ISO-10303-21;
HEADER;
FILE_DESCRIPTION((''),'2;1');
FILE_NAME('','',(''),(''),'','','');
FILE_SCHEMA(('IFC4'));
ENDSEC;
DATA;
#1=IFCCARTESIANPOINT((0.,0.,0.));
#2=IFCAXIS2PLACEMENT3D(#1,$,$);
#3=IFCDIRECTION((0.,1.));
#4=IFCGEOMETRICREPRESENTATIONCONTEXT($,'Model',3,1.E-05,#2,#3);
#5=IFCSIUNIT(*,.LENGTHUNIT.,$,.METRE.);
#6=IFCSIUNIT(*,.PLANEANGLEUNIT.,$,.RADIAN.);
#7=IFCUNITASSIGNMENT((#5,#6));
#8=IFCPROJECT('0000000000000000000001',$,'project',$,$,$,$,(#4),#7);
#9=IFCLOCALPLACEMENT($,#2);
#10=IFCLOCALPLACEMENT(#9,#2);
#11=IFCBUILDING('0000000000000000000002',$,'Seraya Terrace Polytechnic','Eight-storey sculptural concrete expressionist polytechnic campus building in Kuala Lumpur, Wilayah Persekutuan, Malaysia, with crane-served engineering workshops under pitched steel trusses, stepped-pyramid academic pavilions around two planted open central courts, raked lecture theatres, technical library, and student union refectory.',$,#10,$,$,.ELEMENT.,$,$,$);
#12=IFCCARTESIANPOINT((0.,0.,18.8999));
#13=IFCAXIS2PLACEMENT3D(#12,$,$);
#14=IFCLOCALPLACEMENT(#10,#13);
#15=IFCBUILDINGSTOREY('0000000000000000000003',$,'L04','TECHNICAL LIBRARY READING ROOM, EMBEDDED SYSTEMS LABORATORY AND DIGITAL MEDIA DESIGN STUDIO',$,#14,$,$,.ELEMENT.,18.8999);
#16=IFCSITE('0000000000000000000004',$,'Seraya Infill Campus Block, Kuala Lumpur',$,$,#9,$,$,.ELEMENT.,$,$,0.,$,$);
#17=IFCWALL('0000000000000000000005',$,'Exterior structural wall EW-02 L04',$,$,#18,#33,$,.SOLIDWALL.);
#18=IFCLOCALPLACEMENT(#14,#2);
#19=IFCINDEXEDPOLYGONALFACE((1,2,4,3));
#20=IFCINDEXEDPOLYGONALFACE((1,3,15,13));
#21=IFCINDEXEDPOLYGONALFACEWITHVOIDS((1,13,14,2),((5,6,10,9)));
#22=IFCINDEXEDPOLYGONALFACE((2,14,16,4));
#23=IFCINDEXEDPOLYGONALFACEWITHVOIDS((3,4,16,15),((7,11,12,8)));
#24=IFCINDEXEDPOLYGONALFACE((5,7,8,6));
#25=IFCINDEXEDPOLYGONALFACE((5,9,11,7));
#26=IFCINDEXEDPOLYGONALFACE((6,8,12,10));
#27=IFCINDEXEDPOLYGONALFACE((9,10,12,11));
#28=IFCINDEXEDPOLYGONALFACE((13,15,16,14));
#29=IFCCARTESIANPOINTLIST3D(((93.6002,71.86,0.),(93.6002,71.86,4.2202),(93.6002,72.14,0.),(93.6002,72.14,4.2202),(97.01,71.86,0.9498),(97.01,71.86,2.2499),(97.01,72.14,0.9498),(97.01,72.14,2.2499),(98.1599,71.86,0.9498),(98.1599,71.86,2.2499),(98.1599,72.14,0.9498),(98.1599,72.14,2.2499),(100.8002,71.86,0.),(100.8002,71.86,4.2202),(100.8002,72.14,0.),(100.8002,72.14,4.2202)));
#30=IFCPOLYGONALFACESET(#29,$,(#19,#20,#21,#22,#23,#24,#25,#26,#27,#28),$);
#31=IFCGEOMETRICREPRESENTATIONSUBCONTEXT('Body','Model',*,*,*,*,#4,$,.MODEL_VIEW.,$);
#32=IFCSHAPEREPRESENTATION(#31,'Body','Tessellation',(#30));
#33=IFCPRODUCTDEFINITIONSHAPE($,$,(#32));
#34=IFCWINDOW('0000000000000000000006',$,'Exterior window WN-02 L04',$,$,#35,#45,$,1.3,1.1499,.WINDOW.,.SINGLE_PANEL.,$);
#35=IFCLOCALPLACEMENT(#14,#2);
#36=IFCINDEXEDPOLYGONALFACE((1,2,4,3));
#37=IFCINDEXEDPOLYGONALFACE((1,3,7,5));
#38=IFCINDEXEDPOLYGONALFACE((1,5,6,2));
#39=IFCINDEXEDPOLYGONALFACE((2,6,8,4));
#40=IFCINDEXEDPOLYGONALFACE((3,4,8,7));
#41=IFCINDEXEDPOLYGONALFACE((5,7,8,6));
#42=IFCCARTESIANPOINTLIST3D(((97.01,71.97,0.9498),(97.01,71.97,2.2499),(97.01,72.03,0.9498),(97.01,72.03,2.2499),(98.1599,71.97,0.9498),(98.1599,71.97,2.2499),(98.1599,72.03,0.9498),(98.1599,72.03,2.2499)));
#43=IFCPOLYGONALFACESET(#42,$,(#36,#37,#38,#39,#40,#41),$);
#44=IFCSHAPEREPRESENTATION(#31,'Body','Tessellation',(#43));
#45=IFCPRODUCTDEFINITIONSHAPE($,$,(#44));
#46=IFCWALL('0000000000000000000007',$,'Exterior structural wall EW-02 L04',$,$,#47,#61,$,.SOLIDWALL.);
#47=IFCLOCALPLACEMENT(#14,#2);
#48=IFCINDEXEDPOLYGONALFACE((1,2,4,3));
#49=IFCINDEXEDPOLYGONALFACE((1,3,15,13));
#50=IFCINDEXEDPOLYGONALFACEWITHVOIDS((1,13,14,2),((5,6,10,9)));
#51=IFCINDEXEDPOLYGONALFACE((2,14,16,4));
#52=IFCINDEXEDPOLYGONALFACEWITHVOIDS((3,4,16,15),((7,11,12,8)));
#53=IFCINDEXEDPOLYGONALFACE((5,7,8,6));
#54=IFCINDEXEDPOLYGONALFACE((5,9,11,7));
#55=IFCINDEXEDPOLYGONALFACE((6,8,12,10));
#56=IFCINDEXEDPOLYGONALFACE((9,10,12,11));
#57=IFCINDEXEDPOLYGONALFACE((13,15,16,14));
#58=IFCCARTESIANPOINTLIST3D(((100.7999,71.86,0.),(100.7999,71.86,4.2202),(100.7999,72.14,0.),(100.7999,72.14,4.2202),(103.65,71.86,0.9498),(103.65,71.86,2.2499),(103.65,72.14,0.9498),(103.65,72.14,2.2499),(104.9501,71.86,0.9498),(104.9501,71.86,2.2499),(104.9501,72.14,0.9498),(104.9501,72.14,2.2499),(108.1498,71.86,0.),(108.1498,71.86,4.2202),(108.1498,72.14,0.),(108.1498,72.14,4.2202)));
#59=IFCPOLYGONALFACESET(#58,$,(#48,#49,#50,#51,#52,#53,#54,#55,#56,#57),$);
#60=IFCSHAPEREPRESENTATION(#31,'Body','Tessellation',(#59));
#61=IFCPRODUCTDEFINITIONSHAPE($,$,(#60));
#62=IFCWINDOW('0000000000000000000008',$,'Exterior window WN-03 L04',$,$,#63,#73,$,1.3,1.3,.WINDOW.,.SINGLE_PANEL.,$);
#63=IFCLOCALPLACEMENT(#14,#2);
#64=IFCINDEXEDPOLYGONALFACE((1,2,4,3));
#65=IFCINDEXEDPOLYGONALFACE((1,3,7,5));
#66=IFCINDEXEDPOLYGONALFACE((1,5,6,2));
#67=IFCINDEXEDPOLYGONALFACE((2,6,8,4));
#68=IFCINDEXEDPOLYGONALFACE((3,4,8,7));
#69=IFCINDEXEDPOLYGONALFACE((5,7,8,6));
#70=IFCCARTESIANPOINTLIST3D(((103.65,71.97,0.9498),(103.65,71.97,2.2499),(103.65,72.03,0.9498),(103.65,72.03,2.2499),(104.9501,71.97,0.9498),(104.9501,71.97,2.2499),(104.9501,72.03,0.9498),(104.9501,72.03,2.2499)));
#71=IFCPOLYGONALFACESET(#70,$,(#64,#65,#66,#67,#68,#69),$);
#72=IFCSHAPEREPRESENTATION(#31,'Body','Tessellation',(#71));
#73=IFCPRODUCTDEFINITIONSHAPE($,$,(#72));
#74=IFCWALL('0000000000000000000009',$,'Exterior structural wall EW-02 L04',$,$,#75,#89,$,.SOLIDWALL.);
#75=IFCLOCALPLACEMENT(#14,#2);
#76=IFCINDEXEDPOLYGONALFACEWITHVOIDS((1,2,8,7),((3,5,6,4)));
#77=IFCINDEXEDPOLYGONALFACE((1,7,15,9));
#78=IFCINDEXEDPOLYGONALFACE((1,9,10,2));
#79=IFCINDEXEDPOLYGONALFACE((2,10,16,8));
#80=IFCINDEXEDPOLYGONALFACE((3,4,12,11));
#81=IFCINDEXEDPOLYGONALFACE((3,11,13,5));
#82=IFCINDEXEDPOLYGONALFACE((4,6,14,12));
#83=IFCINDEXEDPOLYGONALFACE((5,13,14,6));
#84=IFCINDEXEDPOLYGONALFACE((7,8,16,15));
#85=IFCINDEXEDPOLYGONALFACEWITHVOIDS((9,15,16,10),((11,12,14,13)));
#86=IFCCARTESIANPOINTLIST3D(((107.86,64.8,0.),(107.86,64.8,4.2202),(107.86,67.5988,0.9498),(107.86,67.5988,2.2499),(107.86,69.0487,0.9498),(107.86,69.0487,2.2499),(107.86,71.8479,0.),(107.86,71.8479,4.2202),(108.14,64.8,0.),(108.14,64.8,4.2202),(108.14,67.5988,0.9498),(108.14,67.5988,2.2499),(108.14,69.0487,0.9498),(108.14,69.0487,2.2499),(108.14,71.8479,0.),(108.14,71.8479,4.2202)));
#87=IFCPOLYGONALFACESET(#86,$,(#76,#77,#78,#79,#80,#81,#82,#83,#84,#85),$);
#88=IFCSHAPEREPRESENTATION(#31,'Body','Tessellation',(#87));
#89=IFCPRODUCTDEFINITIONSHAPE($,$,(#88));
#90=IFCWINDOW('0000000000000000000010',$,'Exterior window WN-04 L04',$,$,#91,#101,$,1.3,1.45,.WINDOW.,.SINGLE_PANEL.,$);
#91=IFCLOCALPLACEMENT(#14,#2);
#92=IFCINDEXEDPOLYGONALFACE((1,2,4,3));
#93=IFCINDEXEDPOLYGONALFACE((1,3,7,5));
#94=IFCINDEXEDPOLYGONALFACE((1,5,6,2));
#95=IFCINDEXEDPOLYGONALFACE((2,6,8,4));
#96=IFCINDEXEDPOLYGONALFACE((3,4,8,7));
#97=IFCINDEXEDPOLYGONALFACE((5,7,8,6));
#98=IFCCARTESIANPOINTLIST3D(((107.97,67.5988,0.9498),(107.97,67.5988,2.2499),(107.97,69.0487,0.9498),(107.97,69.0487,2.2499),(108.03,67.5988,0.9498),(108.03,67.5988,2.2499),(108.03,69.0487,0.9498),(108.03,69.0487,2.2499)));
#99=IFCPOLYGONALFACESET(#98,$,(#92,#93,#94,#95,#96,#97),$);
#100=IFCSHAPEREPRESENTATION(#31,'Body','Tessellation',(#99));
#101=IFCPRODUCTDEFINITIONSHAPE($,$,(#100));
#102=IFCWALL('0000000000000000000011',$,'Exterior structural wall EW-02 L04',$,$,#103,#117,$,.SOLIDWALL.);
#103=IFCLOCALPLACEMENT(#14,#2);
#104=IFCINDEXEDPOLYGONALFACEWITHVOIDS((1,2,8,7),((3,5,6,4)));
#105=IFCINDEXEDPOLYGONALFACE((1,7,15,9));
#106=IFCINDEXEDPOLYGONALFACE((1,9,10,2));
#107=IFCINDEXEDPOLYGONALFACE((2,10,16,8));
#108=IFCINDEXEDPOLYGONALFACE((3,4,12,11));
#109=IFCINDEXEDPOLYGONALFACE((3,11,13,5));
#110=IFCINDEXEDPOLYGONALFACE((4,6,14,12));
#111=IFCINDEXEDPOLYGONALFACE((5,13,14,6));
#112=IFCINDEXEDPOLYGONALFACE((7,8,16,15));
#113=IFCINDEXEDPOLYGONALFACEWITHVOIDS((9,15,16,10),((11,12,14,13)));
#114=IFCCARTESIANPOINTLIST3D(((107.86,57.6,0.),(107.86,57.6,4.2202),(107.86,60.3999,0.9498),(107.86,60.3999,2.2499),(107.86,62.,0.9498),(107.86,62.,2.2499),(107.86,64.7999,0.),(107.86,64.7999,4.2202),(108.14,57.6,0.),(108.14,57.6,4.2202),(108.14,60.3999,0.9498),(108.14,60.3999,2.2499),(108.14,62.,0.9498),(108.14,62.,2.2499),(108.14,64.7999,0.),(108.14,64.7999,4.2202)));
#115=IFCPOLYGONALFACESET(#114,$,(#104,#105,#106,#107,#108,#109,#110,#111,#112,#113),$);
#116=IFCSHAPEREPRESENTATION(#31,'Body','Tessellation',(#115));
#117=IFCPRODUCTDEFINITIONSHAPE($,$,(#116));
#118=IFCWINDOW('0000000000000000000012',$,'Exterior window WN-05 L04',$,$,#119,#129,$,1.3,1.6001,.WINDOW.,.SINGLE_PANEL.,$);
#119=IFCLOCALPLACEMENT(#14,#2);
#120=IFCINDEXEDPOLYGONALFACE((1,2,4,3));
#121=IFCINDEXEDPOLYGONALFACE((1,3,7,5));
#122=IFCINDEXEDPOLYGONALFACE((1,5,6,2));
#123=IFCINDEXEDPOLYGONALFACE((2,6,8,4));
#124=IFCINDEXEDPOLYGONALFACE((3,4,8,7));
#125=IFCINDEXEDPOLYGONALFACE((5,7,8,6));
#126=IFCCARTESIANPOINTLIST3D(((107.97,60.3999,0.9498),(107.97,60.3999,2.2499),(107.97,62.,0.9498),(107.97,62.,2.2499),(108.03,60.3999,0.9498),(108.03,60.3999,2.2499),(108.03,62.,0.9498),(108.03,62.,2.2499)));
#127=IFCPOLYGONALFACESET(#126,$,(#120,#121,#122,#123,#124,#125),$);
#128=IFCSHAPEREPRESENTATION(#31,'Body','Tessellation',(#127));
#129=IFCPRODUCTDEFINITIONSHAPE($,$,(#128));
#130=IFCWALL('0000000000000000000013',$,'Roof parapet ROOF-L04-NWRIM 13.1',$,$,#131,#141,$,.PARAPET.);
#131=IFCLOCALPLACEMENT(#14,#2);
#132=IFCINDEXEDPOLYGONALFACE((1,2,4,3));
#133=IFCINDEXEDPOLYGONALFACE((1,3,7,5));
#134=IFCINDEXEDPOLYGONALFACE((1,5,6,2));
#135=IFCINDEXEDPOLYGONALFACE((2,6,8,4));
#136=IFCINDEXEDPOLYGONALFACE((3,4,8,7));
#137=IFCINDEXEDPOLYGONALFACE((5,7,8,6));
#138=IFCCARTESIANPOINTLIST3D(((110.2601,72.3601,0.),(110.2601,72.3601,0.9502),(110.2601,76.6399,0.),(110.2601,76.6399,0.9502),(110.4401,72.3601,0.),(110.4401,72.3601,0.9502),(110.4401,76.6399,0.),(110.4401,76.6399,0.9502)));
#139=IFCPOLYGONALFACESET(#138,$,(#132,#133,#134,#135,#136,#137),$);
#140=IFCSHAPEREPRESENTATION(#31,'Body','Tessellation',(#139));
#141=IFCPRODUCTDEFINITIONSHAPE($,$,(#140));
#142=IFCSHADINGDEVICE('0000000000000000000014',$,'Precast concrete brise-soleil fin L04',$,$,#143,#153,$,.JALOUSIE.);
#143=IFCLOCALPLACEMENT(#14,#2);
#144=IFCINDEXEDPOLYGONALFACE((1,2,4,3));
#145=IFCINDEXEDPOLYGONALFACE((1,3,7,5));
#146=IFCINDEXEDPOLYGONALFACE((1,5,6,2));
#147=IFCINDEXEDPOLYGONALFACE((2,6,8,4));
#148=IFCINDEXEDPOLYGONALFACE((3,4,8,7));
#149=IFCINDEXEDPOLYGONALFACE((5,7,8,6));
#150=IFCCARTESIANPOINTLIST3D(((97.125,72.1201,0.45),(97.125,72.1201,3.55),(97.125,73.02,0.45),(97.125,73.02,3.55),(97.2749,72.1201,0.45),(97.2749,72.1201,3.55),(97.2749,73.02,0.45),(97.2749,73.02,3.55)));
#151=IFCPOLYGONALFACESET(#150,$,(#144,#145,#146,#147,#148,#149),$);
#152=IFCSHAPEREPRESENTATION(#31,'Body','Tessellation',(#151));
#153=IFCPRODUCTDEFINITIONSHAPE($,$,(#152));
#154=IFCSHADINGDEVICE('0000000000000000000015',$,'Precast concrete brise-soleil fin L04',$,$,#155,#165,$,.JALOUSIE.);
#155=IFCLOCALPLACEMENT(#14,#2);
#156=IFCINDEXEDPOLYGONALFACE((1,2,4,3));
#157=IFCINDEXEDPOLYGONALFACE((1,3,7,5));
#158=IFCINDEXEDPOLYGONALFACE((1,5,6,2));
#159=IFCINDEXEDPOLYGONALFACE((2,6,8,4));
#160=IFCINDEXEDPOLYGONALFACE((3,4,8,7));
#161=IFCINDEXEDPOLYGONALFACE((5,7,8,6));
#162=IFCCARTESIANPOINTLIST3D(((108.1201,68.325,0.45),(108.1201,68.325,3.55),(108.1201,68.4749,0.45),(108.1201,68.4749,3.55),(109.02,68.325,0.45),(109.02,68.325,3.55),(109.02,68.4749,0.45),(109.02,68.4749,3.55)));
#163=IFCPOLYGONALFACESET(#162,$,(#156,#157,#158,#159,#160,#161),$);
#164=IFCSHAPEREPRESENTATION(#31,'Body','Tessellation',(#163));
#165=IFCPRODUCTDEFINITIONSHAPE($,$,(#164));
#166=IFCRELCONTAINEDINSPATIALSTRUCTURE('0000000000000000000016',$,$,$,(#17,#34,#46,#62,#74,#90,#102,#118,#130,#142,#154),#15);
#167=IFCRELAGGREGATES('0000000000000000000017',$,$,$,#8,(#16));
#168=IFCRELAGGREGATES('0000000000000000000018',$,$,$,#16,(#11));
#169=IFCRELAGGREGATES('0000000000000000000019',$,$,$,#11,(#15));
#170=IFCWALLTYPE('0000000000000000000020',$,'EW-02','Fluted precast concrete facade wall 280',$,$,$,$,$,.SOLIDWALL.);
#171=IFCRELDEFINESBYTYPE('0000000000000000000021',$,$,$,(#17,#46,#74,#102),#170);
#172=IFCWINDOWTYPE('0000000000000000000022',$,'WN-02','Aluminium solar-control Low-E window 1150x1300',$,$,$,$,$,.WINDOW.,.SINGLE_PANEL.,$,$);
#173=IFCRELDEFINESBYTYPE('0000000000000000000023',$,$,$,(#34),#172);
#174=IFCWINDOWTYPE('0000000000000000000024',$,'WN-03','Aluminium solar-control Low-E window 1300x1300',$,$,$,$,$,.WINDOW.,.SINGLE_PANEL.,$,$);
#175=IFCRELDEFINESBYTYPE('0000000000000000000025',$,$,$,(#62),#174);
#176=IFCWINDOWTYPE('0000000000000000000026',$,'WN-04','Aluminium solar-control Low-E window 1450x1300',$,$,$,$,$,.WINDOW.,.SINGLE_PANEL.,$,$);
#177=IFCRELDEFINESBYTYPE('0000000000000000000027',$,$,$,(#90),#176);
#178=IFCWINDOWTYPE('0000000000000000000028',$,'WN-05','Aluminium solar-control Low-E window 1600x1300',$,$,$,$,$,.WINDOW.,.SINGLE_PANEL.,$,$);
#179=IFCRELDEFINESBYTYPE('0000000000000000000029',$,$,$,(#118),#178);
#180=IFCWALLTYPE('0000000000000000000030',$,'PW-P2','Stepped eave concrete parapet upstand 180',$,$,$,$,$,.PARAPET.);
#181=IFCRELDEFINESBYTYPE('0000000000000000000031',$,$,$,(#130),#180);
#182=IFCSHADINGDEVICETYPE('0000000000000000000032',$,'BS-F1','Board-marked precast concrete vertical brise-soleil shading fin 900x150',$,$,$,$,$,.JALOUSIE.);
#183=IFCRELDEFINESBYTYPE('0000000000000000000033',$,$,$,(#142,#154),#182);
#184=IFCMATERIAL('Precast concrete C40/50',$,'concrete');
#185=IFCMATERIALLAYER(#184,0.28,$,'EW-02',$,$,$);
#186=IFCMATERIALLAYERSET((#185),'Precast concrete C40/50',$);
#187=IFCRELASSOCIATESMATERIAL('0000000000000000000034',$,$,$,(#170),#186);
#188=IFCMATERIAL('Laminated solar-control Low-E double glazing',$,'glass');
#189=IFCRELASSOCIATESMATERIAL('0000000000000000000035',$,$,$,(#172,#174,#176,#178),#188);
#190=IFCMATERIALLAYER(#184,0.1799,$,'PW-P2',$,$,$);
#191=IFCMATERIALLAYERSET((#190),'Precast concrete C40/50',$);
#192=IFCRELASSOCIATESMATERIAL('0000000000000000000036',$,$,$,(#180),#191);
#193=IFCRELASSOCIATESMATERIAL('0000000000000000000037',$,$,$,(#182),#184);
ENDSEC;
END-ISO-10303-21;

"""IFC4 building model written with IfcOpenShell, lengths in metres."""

from ifc_helpers import new_model, si_unit, direction, frame, frame_2d, origin, origin_2d, place, context, subcontext, project, spatial, rectangle, extrude, material, layer, layer_set, type_object, element, fill, save


model = new_model("IFC4")

# Units and contexts
model_context = context("Model", 3, precision=1e-05, world=origin(), true_north=direction((0.0, 1.0)))
body_context = subcontext(model_context, "Body", "Model", "MODEL_VIEW")
ifc_project = project(units=[si_unit("LENGTHUNIT", "METRE"), si_unit("PLANEANGLEUNIT", "RADIAN")], contexts=[model_context])

# Site, building, storey
site_placement = place(None, origin())
site = spatial("IfcSite", under=ifc_project, at=site_placement, Name="Seraya Infill Campus Block, Kuala Lumpur", CompositionType="ELEMENT", RefElevation=0.0)
building_placement = place(site_placement, origin())
building = spatial("IfcBuilding", under=site, at=building_placement, Name="Seraya Terrace Polytechnic", Description="Eight-storey sculptural concrete expressionist polytechnic campus building in Kuala Lumpur, Wilayah Persekutuan, Malaysia, with crane-served engineering workshops under pitched steel trusses, stepped-pyramid academic pavilions around two planted open central courts, raked lecture theatres, technical library, and student union refectory.", CompositionType="ELEMENT")
storey_placement = place(building_placement, frame((0.0, 0.0, 18.8999)))
storey = spatial("IfcBuildingStorey", under=building, at=storey_placement, Name="L04", Description="TECHNICAL LIBRARY READING ROOM, EMBEDDED SYSTEMS LABORATORY AND DIGITAL MEDIA DESIGN STUDIO", CompositionType="ELEMENT", Elevation=18.8999)

# Walls, openings, windows
ifc_material_1 = material(Name="Precast concrete C40/50", Category="concrete")
ifc_layer_1 = layer(ifc_material_1, 0.28, Name="EW-02")
ifc_layer_set_1 = layer_set([ifc_layer_1], Name="Precast concrete C40/50")
wall_type_1 = type_object("IfcWallType", Name="EW-02", Description="Fluted precast concrete facade wall 280", PredefinedType="SOLIDWALL", material=ifc_layer_set_1)
wall_1_placement = place(storey_placement, frame((93.6001, 72.0, 0.0), z_axis=(0.0, 0.0, 1.0), x_axis=(1.0, 0.0, 0.0)))
wall_1 = element("IfcWall", 1, at=wall_1_placement, inside=storey, type_object=wall_type_1, Name="Exterior structural wall EW-02 L04", PredefinedType="SOLIDWALL", context=body_context, shape_type="SweptSolid", body=[
    extrude(rectangle(XDim=7.2, YDim=0.28, at=frame_2d((3.6001, 0.0))), origin(), (0.0, 0.0, 1.0), 4.2202),
])
opening_1_placement = place(wall_1_placement, frame((3.4099, 0.0, 0.95)))
opening_1 = element("IfcOpeningElement", 2, at=opening_1_placement, cuts=wall_1, PredefinedType="OPENING", context=body_context, shape_type="SweptSolid", body=[
    extrude(rectangle(XDim=1.1499, YDim=1.3, at=frame_2d((0.575, 0.6499))), frame((0.0, 0.1519, 0.0), z_axis=(0.0, -1.0, 0.0), x_axis=(1.0, 0.0, 0.0)), (0.0, 0.0, 1.0), 0.304),
])
ifc_material_2 = material(Name="Laminated solar-control Low-E double glazing", Category="glass")
window_type_1 = type_object("IfcWindowType", Name="WN-02", Description="Aluminium solar-control Low-E window 1150x1300", PartitioningType="SINGLE_PANEL", PredefinedType="WINDOW", material=ifc_material_2)
window_1_placement = place(opening_1_placement, origin())
window_1 = element("IfcWindow", 3, at=window_1_placement, inside=storey, type_object=window_type_1, Name="Exterior window WN-02 L04", OverallHeight=1.3, OverallWidth=1.1499, PartitioningType="SINGLE_PANEL", PredefinedType="WINDOW", context=body_context, shape_type="SweptSolid", body=[
    extrude(rectangle(XDim=1.1499, YDim=1.3, at=frame_2d((0.575, 0.6499))), frame((0.0, 0.03, 0.0), z_axis=(0.0, -1.0, 0.0), x_axis=(1.0, 0.0, 0.0)), (0.0, 0.0, 1.0), 0.0601),
])
fill(opening_1, window_1)
wall_2_placement = place(storey_placement, frame((100.8, 72.0, 0.0), z_axis=(0.0, 0.0, 1.0), x_axis=(1.0, 0.0, 0.0)))
wall_2 = element("IfcWall", 4, at=wall_2_placement, inside=storey, type_object=wall_type_1, Name="Exterior structural wall EW-02 L04", PredefinedType="SOLIDWALL", context=body_context, shape_type="SweptSolid", body=[
    extrude(rectangle(XDim=7.3499, YDim=0.28, at=frame_2d((3.6748, 0.0))), origin(), (0.0, 0.0, 1.0), 4.2202),
])
opening_2_placement = place(wall_2_placement, frame((2.8501, 0.0, 0.95)))
opening_2 = element("IfcOpeningElement", 5, at=opening_2_placement, cuts=wall_2, PredefinedType="OPENING", context=body_context, shape_type="SweptSolid", body=[
    extrude(rectangle(XDim=1.3, YDim=1.3, at=frame_2d((0.6499, 0.6499))), frame((0.0, 0.1519, 0.0), z_axis=(0.0, -1.0, 0.0), x_axis=(1.0, 0.0, 0.0)), (0.0, 0.0, 1.0), 0.304),
])
window_type_2 = type_object("IfcWindowType", Name="WN-03", Description="Aluminium solar-control Low-E window 1300x1300", PartitioningType="SINGLE_PANEL", PredefinedType="WINDOW", material=ifc_material_2)
window_2_placement = place(opening_2_placement, origin())
window_2 = element("IfcWindow", 6, at=window_2_placement, inside=storey, type_object=window_type_2, Name="Exterior window WN-03 L04", OverallHeight=1.3, OverallWidth=1.3, PartitioningType="SINGLE_PANEL", PredefinedType="WINDOW", context=body_context, shape_type="SweptSolid", body=[
    extrude(rectangle(XDim=1.3, YDim=1.3, at=frame_2d((0.6499, 0.6499))), frame((0.0, 0.03, 0.0), z_axis=(0.0, -1.0, 0.0), x_axis=(1.0, 0.0, 0.0)), (0.0, 0.0, 1.0), 0.0601),
])
fill(opening_2, window_2)
wall_3_placement = place(storey_placement, frame((108.0, 71.8479, 0.0), z_axis=(0.0, 0.0, 1.0), x_axis=(0.0, -1.0, 0.0)))
wall_3 = element("IfcWall", 7, at=wall_3_placement, inside=storey, type_object=wall_type_1, Name="Exterior structural wall EW-02 L04", PredefinedType="SOLIDWALL", context=body_context, shape_type="SweptSolid", body=[
    extrude(rectangle(XDim=7.0479, YDim=0.28, at=frame_2d((3.5239, 0.0))), origin(), (0.0, 0.0, 1.0), 4.2202),
])
opening_3_placement = place(wall_3_placement, frame((2.7991, 0.0, 0.95)))
opening_3 = element("IfcOpeningElement", 8, at=opening_3_placement, cuts=wall_3, PredefinedType="OPENING", context=body_context, shape_type="SweptSolid", body=[
    extrude(rectangle(XDim=1.45, YDim=1.3, at=frame_2d((0.7251, 0.6499))), frame((0.0, 0.1519, 0.0), z_axis=(0.0, -1.0, 0.0), x_axis=(1.0, 0.0, 0.0)), (0.0, 0.0, 1.0), 0.304),
])
window_type_3 = type_object("IfcWindowType", Name="WN-04", Description="Aluminium solar-control Low-E window 1450x1300", PartitioningType="SINGLE_PANEL", PredefinedType="WINDOW", material=ifc_material_2)
window_3_placement = place(opening_3_placement, origin())
window_3 = element("IfcWindow", 9, at=window_3_placement, inside=storey, type_object=window_type_3, Name="Exterior window WN-04 L04", OverallHeight=1.3, OverallWidth=1.45, PartitioningType="SINGLE_PANEL", PredefinedType="WINDOW", context=body_context, shape_type="SweptSolid", body=[
    extrude(rectangle(XDim=1.45, YDim=1.3, at=frame_2d((0.7251, 0.6499))), frame((0.0, 0.03, 0.0), z_axis=(0.0, -1.0, 0.0), x_axis=(1.0, 0.0, 0.0)), (0.0, 0.0, 1.0), 0.0601),
])
fill(opening_3, window_3)
wall_4_placement = place(storey_placement, frame((108.0, 64.8, 0.0), z_axis=(0.0, 0.0, 1.0), x_axis=(0.0, -1.0, 0.0)))
wall_4 = element("IfcWall", 10, at=wall_4_placement, inside=storey, type_object=wall_type_1, Name="Exterior structural wall EW-02 L04", PredefinedType="SOLIDWALL", context=body_context, shape_type="SweptSolid", body=[
    extrude(rectangle(XDim=7.2, YDim=0.28, at=frame_2d((3.6001, 0.0))), origin(), (0.0, 0.0, 1.0), 4.2202),
])
opening_4_placement = place(wall_4_placement, frame((2.8, 0.0, 0.95)))
opening_4 = element("IfcOpeningElement", 11, at=opening_4_placement, cuts=wall_4, PredefinedType="OPENING", context=body_context, shape_type="SweptSolid", body=[
    extrude(rectangle(XDim=1.6001, YDim=1.3, at=frame_2d((0.8, 0.6499))), frame((0.0, 0.1519, 0.0), z_axis=(0.0, -1.0, 0.0), x_axis=(1.0, 0.0, 0.0)), (0.0, 0.0, 1.0), 0.304),
])
window_type_4 = type_object("IfcWindowType", Name="WN-05", Description="Aluminium solar-control Low-E window 1600x1300", PartitioningType="SINGLE_PANEL", PredefinedType="WINDOW", material=ifc_material_2)
window_4_placement = place(opening_4_placement, origin())
window_4 = element("IfcWindow", 12, at=window_4_placement, inside=storey, type_object=window_type_4, Name="Exterior window WN-05 L04", OverallHeight=1.3, OverallWidth=1.6001, PartitioningType="SINGLE_PANEL", PredefinedType="WINDOW", context=body_context, shape_type="SweptSolid", body=[
    extrude(rectangle(XDim=1.6001, YDim=1.3, at=frame_2d((0.8, 0.6499))), frame((0.0, 0.03, 0.0), z_axis=(0.0, -1.0, 0.0), x_axis=(1.0, 0.0, 0.0)), (0.0, 0.0, 1.0), 0.0601),
])
fill(opening_4, window_4)

# Wall
ifc_layer_2 = layer(ifc_material_1, 0.1799, Name="PW-P2")
ifc_layer_set_2 = layer_set([ifc_layer_2], Name="Precast concrete C40/50")
wall_type_2 = type_object("IfcWallType", Name="PW-P2", Description="Stepped eave concrete parapet upstand 180", PredefinedType="PARAPET", material=ifc_layer_set_2)
wall_5_placement = place(storey_placement, frame((110.3501, 76.6399, 0.0), z_axis=(0.0, 0.0, 1.0), x_axis=(0.0, -1.0, 0.0)))
element("IfcWall", 13, at=wall_5_placement, inside=storey, type_object=wall_type_2, Name="Roof parapet ROOF-L04-NWRIM 13.1", PredefinedType="PARAPET", context=body_context, shape_type="SweptSolid", body=[
    extrude(rectangle(XDim=4.2798, YDim=0.1799, at=frame_2d((2.1399, 0.0))), origin(), (0.0, 0.0, 1.0), 0.9502),
])

# Shading devices
shading_device_type = type_object("IfcShadingDeviceType", Name="BS-F1", Description="Board-marked precast concrete vertical brise-soleil shading fin 900x150", PredefinedType="JALOUSIE", material=ifc_material_1)
for number, where, z_axis, x_axis, name in (
    (14, (97.2, 72.5701, 0.45), (0.0, 0.0, 1.0), (0.0, 1.0, 0.0), "Precast concrete brise-soleil fin L04"),
    (15, (108.5701, 68.3999, 0.45), (0.0, 0.0, 1.0), (1.0, 0.0, 0.0), "Precast concrete brise-soleil fin L04"),
):
    element("IfcShadingDevice", number, at=place(storey_placement, frame(where, z_axis=z_axis, x_axis=x_axis)), inside=storey, type_object=shading_device_type, Name=name, PredefinedType="JALOUSIE", context=body_context, shape_type="SweptSolid", body=[
        extrude(rectangle(XDim=0.8999, YDim=0.1499, at=origin_2d()), origin(), (0.0, 0.0, 1.0), 3.1001),
    ])

save(model, "model.ifc")
